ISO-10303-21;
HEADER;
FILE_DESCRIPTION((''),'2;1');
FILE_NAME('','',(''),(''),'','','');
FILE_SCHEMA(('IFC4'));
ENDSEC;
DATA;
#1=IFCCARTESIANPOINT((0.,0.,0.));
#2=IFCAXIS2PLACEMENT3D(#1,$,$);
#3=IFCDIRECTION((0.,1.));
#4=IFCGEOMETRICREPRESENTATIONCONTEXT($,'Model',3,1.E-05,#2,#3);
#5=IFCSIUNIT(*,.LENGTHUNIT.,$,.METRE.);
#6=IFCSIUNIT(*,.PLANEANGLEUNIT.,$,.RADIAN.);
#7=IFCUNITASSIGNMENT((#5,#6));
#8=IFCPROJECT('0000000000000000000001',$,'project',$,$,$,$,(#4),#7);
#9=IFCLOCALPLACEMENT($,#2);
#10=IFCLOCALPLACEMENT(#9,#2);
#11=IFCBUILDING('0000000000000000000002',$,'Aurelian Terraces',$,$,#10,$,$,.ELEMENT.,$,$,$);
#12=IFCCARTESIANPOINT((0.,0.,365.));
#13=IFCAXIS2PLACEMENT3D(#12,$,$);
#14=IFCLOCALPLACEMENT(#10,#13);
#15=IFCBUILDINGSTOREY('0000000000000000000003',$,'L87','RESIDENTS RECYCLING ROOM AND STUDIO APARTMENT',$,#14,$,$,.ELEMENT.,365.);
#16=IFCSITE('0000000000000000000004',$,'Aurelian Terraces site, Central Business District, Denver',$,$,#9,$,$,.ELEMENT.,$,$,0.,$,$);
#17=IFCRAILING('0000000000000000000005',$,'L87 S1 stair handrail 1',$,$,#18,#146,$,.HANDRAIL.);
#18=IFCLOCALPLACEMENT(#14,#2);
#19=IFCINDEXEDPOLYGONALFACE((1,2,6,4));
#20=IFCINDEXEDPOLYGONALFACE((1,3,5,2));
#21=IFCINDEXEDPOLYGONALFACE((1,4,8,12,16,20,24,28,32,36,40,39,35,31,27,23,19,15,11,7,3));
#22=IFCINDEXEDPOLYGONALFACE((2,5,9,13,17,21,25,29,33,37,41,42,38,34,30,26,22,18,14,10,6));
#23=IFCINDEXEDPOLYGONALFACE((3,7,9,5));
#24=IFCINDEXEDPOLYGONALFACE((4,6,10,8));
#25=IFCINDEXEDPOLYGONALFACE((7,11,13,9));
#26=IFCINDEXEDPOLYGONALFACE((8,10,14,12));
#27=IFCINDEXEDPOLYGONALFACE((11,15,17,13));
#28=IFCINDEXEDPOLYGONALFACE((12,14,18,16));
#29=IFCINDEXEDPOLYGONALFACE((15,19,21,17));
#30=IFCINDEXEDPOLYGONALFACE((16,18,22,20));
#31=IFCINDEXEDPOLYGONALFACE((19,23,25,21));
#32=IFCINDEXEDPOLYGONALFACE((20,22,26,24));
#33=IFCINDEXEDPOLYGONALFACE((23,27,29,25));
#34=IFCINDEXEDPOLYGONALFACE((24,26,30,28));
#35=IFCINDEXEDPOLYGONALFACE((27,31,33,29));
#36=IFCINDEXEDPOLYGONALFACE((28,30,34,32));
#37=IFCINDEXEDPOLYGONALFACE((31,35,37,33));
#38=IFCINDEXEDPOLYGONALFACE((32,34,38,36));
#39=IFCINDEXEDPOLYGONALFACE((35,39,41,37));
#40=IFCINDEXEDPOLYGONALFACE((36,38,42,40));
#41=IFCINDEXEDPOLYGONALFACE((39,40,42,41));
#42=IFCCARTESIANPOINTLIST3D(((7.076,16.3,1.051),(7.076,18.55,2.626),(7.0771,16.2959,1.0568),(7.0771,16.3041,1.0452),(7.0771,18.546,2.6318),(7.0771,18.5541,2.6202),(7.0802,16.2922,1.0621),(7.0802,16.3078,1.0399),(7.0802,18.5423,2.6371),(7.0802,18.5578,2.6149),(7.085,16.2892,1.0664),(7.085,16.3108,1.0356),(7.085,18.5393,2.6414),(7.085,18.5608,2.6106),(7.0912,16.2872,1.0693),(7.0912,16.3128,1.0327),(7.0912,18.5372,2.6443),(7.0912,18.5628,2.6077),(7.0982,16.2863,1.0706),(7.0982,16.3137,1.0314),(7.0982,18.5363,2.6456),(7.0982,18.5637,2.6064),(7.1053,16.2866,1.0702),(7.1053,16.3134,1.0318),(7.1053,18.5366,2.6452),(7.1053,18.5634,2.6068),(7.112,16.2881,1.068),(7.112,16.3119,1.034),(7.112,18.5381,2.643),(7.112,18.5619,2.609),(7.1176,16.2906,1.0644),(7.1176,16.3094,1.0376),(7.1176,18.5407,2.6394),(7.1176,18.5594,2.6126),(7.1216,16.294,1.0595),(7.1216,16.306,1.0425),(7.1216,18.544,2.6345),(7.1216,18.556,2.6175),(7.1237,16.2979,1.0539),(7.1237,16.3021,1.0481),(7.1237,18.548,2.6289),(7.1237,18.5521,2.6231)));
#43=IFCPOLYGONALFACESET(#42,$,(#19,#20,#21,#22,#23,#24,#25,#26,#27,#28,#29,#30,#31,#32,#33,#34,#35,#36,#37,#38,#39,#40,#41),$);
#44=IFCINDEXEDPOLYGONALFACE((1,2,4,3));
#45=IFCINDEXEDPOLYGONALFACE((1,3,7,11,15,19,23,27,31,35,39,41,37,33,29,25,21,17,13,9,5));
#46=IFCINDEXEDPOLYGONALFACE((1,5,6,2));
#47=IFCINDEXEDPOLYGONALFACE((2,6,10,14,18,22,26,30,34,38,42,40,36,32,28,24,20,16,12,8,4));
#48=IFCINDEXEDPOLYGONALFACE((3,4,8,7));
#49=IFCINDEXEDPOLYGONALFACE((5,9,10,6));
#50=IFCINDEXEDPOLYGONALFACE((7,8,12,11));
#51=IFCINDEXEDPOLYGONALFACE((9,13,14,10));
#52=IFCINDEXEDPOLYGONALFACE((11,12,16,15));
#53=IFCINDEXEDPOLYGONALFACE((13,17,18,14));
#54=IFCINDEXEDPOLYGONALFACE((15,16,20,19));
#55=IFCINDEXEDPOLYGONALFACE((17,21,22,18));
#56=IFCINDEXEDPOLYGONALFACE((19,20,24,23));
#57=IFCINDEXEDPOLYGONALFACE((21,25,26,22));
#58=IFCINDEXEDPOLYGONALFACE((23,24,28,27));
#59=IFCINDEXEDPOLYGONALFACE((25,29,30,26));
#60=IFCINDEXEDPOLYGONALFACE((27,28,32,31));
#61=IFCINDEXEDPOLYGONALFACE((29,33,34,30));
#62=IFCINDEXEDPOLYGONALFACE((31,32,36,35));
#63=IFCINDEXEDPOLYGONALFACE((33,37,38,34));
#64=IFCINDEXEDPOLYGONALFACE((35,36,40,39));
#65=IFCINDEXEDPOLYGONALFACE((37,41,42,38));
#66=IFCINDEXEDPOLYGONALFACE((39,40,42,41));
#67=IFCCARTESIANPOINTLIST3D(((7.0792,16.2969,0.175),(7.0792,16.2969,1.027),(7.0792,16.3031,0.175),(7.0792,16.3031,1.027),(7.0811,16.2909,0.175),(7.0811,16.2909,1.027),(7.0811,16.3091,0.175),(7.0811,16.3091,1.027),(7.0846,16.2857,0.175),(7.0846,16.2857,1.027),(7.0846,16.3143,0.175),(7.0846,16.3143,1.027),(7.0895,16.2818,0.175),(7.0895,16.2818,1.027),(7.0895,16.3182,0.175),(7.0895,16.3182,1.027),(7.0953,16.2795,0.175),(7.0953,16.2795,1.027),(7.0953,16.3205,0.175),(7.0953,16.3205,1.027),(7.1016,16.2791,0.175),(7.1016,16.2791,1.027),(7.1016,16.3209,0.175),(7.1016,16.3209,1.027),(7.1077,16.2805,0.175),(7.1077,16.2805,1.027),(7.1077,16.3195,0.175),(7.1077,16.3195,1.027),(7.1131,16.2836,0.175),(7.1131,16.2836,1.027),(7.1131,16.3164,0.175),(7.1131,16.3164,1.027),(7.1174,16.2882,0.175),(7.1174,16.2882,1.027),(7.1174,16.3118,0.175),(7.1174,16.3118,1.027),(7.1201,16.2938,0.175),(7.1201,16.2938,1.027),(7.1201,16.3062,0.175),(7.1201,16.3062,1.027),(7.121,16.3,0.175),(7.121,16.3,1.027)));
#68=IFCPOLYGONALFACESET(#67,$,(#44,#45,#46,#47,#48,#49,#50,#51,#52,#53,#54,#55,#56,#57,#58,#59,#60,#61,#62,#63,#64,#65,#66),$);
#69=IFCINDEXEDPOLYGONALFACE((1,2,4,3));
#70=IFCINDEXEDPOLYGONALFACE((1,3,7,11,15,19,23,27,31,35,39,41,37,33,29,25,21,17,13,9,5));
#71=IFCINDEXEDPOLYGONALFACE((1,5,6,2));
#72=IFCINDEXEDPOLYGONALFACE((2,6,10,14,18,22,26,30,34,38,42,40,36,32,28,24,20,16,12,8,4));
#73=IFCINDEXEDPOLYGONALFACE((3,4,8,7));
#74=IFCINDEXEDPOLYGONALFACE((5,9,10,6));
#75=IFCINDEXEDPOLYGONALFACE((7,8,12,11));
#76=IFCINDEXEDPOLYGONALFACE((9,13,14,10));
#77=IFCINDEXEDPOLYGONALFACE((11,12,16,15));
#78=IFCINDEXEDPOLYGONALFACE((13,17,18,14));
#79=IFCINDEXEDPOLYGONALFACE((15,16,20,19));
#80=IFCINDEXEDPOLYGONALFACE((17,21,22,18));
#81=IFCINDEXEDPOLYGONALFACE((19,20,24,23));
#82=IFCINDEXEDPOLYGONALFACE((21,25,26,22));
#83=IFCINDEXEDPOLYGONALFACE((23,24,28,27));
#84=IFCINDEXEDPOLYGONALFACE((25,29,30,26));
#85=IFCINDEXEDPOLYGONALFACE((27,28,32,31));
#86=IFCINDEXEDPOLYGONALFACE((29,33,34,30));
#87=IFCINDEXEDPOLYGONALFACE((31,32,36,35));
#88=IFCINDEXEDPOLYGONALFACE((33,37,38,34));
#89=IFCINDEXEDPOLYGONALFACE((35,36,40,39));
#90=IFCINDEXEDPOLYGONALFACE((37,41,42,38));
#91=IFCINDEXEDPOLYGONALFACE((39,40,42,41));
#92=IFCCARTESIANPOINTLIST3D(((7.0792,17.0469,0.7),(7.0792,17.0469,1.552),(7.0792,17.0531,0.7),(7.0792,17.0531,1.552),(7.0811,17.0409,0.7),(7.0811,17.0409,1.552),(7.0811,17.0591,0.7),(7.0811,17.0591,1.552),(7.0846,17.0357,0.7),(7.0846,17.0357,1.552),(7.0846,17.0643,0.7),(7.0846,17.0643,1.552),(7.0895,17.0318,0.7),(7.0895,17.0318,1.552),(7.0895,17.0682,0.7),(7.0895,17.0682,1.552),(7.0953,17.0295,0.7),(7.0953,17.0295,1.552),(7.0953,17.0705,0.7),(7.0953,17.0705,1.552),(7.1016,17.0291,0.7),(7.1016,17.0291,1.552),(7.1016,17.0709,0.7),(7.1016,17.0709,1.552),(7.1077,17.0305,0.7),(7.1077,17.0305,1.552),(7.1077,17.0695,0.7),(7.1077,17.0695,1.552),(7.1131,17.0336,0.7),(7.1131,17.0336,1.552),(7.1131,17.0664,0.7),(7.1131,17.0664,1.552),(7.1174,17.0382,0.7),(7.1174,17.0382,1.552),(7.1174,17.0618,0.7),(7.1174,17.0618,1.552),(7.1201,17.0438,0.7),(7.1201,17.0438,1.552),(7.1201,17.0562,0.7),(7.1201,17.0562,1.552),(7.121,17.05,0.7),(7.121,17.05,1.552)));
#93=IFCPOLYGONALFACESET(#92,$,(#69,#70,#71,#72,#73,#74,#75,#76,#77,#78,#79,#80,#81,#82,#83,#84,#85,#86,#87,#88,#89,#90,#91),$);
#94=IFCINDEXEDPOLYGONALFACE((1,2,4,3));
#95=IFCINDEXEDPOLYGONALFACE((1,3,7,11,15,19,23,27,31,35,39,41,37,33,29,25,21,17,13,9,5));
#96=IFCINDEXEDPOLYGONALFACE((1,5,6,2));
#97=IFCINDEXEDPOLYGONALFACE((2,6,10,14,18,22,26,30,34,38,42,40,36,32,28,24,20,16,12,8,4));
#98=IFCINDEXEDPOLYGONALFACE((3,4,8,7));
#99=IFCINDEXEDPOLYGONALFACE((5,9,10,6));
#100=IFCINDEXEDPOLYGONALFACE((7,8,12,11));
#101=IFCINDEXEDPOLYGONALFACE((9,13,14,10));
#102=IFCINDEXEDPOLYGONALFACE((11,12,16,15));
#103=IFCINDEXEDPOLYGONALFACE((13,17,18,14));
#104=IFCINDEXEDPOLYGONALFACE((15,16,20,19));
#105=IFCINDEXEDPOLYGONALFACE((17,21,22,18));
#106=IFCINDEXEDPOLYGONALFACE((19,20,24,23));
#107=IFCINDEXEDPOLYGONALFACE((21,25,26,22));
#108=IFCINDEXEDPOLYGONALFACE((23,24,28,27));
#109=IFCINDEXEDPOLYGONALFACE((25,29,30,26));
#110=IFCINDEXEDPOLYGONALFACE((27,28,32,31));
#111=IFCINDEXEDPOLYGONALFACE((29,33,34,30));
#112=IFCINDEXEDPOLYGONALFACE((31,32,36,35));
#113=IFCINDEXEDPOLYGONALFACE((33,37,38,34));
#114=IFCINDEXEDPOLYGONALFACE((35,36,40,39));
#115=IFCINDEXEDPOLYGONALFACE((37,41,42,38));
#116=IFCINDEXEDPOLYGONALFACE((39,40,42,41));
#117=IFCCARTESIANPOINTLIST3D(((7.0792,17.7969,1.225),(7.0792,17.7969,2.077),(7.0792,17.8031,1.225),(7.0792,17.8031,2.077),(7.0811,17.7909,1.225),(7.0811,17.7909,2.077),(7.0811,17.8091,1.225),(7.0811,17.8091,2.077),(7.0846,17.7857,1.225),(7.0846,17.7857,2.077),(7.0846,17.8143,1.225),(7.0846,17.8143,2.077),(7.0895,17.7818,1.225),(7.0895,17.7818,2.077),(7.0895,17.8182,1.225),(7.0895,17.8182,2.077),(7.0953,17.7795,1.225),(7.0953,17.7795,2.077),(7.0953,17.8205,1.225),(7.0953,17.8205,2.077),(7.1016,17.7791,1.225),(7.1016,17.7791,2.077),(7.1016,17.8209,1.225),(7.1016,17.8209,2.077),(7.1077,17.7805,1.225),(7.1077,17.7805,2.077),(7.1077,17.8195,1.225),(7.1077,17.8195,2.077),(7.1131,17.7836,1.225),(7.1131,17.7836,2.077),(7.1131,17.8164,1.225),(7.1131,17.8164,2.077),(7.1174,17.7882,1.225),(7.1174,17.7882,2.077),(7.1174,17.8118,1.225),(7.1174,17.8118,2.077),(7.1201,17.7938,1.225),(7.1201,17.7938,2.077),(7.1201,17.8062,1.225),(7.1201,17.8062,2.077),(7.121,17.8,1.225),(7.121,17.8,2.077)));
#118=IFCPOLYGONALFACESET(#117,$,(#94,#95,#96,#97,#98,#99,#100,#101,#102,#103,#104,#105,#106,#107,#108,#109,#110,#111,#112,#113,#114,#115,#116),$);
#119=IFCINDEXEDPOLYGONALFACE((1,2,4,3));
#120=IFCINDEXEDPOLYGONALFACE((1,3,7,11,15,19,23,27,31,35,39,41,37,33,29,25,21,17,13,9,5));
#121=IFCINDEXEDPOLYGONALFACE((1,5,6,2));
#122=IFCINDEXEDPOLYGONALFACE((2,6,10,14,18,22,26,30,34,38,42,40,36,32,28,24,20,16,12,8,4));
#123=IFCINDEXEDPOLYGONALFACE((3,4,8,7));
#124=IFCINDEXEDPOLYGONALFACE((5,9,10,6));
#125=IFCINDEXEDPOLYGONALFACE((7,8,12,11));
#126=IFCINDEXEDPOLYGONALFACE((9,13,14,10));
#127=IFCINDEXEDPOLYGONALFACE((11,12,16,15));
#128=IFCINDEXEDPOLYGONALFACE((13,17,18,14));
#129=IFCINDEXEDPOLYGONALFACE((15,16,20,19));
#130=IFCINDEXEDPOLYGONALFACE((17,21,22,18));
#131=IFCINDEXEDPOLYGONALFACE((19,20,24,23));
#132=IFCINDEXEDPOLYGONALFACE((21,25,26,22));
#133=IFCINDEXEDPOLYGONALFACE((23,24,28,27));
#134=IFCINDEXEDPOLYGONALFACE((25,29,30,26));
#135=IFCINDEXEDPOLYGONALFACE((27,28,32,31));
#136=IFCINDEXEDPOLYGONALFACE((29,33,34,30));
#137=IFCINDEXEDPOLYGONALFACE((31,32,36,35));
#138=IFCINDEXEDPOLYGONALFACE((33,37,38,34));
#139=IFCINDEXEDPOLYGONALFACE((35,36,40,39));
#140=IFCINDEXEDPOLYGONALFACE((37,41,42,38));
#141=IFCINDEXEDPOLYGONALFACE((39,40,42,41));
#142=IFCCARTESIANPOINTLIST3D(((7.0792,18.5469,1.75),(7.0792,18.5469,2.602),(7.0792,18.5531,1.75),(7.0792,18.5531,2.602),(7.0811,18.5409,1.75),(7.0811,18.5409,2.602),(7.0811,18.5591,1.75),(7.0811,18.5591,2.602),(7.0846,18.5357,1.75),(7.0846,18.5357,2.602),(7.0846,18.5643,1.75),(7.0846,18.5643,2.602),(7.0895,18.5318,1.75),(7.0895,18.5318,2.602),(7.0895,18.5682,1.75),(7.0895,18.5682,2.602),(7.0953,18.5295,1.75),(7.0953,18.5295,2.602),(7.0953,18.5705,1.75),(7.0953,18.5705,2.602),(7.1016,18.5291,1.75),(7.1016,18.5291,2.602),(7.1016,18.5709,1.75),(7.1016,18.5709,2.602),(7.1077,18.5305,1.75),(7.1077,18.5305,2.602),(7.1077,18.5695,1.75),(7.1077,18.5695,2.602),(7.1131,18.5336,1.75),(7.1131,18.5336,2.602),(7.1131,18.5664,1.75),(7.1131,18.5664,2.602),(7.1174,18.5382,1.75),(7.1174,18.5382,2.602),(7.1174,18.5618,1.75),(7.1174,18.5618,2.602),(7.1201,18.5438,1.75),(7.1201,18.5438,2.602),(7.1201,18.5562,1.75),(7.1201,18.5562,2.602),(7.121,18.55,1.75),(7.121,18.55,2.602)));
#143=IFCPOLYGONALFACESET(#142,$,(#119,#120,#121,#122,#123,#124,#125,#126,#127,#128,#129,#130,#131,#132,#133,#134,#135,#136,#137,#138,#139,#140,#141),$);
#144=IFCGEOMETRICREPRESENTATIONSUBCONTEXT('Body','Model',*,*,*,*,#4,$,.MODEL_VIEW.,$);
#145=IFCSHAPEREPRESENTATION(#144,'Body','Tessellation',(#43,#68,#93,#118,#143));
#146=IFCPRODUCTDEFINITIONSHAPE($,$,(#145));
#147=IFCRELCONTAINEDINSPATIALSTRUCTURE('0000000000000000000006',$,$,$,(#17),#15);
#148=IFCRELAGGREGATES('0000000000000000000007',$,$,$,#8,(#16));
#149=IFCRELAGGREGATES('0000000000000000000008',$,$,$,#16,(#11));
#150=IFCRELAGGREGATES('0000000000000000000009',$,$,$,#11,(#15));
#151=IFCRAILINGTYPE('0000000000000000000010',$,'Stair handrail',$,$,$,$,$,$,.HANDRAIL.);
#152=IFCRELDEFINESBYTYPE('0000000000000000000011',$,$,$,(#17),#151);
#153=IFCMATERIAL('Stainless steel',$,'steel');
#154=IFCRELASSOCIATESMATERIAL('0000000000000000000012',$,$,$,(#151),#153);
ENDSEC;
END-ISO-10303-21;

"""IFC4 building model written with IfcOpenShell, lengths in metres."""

from ifc_helpers import new_model, si_unit, direction, frame, origin, origin_2d, place, context, subcontext, project, spatial, circle, extrude, source, transform, mapped, material, type_object, element, save


model = new_model("IFC4")

# Units and contexts
model_context = context("Model", 3, precision=1e-05, world=origin(), true_north=direction((0.0, 1.0)))
body_context = subcontext(model_context, "Body", "Model", "MODEL_VIEW")
ifc_project = project(units=[si_unit("LENGTHUNIT", "METRE"), si_unit("PLANEANGLEUNIT", "RADIAN")], contexts=[model_context])

# Site, building, storey
site_placement = place(None, origin())
site = spatial("IfcSite", under=ifc_project, at=site_placement, Name="Aurelian Terraces site, Central Business District, Denver", CompositionType="ELEMENT", RefElevation=0.0)
building_placement = place(site_placement, origin())
building = spatial("IfcBuilding", under=site, at=building_placement, Name="Aurelian Terraces", CompositionType="ELEMENT")
storey_placement = place(building_placement, frame((0.0, 0.0, 365.0)))
storey = spatial("IfcBuildingStorey", under=building, at=storey_placement, Name="L87", Description="RESIDENTS RECYCLING ROOM AND STUDIO APARTMENT", CompositionType="ELEMENT", Elevation=365.0)

# Railing
ifc_material_1 = material(Name="Stainless steel", Category="steel")
railing_type_1 = type_object("IfcRailingType", Name="Stair handrail", PredefinedType="HANDRAIL", material=ifc_material_1)
shared_shape_1 = source(origin(), body_context, "Body", "SweptSolid", [
    extrude(circle(Radius=0.024, at=origin_2d()), frame((0.0, 0.0, 0.876), z_axis=(0.0, 0.819232, 0.573462), x_axis=(-1.0, 0.0, 0.0)), (0.0, 0.0, 1.0), 2.7465),
    extrude(circle(Radius=0.021, at=origin_2d()), origin(), (0.0, 0.0, 1.0), 0.852),
    extrude(circle(Radius=0.021, at=origin_2d()), frame((0.0, 0.75, 0.525)), (0.0, 0.0, 1.0), 0.852),
    extrude(circle(Radius=0.021, at=origin_2d()), frame((0.0, 1.5, 1.05)), (0.0, 0.0, 1.0), 0.852),
    extrude(circle(Radius=0.021, at=origin_2d()), frame((0.0, 2.25, 1.575)), (0.0, 0.0, 1.0), 0.852),
])
railing_1_placement = place(storey_placement, frame((7.1, 16.3, 0.175)))
element("IfcRailing", 1, at=railing_1_placement, inside=storey, type_object=railing_type_1, Name="L87 S1 stair handrail 1", PredefinedType="HANDRAIL", context=body_context, shape_type="MappedRepresentation", body=[
    mapped(shared_shape_1, transform((0.0, 0.0, 0.0), scale=1.0)),
])

save(model, "model.ifc")
